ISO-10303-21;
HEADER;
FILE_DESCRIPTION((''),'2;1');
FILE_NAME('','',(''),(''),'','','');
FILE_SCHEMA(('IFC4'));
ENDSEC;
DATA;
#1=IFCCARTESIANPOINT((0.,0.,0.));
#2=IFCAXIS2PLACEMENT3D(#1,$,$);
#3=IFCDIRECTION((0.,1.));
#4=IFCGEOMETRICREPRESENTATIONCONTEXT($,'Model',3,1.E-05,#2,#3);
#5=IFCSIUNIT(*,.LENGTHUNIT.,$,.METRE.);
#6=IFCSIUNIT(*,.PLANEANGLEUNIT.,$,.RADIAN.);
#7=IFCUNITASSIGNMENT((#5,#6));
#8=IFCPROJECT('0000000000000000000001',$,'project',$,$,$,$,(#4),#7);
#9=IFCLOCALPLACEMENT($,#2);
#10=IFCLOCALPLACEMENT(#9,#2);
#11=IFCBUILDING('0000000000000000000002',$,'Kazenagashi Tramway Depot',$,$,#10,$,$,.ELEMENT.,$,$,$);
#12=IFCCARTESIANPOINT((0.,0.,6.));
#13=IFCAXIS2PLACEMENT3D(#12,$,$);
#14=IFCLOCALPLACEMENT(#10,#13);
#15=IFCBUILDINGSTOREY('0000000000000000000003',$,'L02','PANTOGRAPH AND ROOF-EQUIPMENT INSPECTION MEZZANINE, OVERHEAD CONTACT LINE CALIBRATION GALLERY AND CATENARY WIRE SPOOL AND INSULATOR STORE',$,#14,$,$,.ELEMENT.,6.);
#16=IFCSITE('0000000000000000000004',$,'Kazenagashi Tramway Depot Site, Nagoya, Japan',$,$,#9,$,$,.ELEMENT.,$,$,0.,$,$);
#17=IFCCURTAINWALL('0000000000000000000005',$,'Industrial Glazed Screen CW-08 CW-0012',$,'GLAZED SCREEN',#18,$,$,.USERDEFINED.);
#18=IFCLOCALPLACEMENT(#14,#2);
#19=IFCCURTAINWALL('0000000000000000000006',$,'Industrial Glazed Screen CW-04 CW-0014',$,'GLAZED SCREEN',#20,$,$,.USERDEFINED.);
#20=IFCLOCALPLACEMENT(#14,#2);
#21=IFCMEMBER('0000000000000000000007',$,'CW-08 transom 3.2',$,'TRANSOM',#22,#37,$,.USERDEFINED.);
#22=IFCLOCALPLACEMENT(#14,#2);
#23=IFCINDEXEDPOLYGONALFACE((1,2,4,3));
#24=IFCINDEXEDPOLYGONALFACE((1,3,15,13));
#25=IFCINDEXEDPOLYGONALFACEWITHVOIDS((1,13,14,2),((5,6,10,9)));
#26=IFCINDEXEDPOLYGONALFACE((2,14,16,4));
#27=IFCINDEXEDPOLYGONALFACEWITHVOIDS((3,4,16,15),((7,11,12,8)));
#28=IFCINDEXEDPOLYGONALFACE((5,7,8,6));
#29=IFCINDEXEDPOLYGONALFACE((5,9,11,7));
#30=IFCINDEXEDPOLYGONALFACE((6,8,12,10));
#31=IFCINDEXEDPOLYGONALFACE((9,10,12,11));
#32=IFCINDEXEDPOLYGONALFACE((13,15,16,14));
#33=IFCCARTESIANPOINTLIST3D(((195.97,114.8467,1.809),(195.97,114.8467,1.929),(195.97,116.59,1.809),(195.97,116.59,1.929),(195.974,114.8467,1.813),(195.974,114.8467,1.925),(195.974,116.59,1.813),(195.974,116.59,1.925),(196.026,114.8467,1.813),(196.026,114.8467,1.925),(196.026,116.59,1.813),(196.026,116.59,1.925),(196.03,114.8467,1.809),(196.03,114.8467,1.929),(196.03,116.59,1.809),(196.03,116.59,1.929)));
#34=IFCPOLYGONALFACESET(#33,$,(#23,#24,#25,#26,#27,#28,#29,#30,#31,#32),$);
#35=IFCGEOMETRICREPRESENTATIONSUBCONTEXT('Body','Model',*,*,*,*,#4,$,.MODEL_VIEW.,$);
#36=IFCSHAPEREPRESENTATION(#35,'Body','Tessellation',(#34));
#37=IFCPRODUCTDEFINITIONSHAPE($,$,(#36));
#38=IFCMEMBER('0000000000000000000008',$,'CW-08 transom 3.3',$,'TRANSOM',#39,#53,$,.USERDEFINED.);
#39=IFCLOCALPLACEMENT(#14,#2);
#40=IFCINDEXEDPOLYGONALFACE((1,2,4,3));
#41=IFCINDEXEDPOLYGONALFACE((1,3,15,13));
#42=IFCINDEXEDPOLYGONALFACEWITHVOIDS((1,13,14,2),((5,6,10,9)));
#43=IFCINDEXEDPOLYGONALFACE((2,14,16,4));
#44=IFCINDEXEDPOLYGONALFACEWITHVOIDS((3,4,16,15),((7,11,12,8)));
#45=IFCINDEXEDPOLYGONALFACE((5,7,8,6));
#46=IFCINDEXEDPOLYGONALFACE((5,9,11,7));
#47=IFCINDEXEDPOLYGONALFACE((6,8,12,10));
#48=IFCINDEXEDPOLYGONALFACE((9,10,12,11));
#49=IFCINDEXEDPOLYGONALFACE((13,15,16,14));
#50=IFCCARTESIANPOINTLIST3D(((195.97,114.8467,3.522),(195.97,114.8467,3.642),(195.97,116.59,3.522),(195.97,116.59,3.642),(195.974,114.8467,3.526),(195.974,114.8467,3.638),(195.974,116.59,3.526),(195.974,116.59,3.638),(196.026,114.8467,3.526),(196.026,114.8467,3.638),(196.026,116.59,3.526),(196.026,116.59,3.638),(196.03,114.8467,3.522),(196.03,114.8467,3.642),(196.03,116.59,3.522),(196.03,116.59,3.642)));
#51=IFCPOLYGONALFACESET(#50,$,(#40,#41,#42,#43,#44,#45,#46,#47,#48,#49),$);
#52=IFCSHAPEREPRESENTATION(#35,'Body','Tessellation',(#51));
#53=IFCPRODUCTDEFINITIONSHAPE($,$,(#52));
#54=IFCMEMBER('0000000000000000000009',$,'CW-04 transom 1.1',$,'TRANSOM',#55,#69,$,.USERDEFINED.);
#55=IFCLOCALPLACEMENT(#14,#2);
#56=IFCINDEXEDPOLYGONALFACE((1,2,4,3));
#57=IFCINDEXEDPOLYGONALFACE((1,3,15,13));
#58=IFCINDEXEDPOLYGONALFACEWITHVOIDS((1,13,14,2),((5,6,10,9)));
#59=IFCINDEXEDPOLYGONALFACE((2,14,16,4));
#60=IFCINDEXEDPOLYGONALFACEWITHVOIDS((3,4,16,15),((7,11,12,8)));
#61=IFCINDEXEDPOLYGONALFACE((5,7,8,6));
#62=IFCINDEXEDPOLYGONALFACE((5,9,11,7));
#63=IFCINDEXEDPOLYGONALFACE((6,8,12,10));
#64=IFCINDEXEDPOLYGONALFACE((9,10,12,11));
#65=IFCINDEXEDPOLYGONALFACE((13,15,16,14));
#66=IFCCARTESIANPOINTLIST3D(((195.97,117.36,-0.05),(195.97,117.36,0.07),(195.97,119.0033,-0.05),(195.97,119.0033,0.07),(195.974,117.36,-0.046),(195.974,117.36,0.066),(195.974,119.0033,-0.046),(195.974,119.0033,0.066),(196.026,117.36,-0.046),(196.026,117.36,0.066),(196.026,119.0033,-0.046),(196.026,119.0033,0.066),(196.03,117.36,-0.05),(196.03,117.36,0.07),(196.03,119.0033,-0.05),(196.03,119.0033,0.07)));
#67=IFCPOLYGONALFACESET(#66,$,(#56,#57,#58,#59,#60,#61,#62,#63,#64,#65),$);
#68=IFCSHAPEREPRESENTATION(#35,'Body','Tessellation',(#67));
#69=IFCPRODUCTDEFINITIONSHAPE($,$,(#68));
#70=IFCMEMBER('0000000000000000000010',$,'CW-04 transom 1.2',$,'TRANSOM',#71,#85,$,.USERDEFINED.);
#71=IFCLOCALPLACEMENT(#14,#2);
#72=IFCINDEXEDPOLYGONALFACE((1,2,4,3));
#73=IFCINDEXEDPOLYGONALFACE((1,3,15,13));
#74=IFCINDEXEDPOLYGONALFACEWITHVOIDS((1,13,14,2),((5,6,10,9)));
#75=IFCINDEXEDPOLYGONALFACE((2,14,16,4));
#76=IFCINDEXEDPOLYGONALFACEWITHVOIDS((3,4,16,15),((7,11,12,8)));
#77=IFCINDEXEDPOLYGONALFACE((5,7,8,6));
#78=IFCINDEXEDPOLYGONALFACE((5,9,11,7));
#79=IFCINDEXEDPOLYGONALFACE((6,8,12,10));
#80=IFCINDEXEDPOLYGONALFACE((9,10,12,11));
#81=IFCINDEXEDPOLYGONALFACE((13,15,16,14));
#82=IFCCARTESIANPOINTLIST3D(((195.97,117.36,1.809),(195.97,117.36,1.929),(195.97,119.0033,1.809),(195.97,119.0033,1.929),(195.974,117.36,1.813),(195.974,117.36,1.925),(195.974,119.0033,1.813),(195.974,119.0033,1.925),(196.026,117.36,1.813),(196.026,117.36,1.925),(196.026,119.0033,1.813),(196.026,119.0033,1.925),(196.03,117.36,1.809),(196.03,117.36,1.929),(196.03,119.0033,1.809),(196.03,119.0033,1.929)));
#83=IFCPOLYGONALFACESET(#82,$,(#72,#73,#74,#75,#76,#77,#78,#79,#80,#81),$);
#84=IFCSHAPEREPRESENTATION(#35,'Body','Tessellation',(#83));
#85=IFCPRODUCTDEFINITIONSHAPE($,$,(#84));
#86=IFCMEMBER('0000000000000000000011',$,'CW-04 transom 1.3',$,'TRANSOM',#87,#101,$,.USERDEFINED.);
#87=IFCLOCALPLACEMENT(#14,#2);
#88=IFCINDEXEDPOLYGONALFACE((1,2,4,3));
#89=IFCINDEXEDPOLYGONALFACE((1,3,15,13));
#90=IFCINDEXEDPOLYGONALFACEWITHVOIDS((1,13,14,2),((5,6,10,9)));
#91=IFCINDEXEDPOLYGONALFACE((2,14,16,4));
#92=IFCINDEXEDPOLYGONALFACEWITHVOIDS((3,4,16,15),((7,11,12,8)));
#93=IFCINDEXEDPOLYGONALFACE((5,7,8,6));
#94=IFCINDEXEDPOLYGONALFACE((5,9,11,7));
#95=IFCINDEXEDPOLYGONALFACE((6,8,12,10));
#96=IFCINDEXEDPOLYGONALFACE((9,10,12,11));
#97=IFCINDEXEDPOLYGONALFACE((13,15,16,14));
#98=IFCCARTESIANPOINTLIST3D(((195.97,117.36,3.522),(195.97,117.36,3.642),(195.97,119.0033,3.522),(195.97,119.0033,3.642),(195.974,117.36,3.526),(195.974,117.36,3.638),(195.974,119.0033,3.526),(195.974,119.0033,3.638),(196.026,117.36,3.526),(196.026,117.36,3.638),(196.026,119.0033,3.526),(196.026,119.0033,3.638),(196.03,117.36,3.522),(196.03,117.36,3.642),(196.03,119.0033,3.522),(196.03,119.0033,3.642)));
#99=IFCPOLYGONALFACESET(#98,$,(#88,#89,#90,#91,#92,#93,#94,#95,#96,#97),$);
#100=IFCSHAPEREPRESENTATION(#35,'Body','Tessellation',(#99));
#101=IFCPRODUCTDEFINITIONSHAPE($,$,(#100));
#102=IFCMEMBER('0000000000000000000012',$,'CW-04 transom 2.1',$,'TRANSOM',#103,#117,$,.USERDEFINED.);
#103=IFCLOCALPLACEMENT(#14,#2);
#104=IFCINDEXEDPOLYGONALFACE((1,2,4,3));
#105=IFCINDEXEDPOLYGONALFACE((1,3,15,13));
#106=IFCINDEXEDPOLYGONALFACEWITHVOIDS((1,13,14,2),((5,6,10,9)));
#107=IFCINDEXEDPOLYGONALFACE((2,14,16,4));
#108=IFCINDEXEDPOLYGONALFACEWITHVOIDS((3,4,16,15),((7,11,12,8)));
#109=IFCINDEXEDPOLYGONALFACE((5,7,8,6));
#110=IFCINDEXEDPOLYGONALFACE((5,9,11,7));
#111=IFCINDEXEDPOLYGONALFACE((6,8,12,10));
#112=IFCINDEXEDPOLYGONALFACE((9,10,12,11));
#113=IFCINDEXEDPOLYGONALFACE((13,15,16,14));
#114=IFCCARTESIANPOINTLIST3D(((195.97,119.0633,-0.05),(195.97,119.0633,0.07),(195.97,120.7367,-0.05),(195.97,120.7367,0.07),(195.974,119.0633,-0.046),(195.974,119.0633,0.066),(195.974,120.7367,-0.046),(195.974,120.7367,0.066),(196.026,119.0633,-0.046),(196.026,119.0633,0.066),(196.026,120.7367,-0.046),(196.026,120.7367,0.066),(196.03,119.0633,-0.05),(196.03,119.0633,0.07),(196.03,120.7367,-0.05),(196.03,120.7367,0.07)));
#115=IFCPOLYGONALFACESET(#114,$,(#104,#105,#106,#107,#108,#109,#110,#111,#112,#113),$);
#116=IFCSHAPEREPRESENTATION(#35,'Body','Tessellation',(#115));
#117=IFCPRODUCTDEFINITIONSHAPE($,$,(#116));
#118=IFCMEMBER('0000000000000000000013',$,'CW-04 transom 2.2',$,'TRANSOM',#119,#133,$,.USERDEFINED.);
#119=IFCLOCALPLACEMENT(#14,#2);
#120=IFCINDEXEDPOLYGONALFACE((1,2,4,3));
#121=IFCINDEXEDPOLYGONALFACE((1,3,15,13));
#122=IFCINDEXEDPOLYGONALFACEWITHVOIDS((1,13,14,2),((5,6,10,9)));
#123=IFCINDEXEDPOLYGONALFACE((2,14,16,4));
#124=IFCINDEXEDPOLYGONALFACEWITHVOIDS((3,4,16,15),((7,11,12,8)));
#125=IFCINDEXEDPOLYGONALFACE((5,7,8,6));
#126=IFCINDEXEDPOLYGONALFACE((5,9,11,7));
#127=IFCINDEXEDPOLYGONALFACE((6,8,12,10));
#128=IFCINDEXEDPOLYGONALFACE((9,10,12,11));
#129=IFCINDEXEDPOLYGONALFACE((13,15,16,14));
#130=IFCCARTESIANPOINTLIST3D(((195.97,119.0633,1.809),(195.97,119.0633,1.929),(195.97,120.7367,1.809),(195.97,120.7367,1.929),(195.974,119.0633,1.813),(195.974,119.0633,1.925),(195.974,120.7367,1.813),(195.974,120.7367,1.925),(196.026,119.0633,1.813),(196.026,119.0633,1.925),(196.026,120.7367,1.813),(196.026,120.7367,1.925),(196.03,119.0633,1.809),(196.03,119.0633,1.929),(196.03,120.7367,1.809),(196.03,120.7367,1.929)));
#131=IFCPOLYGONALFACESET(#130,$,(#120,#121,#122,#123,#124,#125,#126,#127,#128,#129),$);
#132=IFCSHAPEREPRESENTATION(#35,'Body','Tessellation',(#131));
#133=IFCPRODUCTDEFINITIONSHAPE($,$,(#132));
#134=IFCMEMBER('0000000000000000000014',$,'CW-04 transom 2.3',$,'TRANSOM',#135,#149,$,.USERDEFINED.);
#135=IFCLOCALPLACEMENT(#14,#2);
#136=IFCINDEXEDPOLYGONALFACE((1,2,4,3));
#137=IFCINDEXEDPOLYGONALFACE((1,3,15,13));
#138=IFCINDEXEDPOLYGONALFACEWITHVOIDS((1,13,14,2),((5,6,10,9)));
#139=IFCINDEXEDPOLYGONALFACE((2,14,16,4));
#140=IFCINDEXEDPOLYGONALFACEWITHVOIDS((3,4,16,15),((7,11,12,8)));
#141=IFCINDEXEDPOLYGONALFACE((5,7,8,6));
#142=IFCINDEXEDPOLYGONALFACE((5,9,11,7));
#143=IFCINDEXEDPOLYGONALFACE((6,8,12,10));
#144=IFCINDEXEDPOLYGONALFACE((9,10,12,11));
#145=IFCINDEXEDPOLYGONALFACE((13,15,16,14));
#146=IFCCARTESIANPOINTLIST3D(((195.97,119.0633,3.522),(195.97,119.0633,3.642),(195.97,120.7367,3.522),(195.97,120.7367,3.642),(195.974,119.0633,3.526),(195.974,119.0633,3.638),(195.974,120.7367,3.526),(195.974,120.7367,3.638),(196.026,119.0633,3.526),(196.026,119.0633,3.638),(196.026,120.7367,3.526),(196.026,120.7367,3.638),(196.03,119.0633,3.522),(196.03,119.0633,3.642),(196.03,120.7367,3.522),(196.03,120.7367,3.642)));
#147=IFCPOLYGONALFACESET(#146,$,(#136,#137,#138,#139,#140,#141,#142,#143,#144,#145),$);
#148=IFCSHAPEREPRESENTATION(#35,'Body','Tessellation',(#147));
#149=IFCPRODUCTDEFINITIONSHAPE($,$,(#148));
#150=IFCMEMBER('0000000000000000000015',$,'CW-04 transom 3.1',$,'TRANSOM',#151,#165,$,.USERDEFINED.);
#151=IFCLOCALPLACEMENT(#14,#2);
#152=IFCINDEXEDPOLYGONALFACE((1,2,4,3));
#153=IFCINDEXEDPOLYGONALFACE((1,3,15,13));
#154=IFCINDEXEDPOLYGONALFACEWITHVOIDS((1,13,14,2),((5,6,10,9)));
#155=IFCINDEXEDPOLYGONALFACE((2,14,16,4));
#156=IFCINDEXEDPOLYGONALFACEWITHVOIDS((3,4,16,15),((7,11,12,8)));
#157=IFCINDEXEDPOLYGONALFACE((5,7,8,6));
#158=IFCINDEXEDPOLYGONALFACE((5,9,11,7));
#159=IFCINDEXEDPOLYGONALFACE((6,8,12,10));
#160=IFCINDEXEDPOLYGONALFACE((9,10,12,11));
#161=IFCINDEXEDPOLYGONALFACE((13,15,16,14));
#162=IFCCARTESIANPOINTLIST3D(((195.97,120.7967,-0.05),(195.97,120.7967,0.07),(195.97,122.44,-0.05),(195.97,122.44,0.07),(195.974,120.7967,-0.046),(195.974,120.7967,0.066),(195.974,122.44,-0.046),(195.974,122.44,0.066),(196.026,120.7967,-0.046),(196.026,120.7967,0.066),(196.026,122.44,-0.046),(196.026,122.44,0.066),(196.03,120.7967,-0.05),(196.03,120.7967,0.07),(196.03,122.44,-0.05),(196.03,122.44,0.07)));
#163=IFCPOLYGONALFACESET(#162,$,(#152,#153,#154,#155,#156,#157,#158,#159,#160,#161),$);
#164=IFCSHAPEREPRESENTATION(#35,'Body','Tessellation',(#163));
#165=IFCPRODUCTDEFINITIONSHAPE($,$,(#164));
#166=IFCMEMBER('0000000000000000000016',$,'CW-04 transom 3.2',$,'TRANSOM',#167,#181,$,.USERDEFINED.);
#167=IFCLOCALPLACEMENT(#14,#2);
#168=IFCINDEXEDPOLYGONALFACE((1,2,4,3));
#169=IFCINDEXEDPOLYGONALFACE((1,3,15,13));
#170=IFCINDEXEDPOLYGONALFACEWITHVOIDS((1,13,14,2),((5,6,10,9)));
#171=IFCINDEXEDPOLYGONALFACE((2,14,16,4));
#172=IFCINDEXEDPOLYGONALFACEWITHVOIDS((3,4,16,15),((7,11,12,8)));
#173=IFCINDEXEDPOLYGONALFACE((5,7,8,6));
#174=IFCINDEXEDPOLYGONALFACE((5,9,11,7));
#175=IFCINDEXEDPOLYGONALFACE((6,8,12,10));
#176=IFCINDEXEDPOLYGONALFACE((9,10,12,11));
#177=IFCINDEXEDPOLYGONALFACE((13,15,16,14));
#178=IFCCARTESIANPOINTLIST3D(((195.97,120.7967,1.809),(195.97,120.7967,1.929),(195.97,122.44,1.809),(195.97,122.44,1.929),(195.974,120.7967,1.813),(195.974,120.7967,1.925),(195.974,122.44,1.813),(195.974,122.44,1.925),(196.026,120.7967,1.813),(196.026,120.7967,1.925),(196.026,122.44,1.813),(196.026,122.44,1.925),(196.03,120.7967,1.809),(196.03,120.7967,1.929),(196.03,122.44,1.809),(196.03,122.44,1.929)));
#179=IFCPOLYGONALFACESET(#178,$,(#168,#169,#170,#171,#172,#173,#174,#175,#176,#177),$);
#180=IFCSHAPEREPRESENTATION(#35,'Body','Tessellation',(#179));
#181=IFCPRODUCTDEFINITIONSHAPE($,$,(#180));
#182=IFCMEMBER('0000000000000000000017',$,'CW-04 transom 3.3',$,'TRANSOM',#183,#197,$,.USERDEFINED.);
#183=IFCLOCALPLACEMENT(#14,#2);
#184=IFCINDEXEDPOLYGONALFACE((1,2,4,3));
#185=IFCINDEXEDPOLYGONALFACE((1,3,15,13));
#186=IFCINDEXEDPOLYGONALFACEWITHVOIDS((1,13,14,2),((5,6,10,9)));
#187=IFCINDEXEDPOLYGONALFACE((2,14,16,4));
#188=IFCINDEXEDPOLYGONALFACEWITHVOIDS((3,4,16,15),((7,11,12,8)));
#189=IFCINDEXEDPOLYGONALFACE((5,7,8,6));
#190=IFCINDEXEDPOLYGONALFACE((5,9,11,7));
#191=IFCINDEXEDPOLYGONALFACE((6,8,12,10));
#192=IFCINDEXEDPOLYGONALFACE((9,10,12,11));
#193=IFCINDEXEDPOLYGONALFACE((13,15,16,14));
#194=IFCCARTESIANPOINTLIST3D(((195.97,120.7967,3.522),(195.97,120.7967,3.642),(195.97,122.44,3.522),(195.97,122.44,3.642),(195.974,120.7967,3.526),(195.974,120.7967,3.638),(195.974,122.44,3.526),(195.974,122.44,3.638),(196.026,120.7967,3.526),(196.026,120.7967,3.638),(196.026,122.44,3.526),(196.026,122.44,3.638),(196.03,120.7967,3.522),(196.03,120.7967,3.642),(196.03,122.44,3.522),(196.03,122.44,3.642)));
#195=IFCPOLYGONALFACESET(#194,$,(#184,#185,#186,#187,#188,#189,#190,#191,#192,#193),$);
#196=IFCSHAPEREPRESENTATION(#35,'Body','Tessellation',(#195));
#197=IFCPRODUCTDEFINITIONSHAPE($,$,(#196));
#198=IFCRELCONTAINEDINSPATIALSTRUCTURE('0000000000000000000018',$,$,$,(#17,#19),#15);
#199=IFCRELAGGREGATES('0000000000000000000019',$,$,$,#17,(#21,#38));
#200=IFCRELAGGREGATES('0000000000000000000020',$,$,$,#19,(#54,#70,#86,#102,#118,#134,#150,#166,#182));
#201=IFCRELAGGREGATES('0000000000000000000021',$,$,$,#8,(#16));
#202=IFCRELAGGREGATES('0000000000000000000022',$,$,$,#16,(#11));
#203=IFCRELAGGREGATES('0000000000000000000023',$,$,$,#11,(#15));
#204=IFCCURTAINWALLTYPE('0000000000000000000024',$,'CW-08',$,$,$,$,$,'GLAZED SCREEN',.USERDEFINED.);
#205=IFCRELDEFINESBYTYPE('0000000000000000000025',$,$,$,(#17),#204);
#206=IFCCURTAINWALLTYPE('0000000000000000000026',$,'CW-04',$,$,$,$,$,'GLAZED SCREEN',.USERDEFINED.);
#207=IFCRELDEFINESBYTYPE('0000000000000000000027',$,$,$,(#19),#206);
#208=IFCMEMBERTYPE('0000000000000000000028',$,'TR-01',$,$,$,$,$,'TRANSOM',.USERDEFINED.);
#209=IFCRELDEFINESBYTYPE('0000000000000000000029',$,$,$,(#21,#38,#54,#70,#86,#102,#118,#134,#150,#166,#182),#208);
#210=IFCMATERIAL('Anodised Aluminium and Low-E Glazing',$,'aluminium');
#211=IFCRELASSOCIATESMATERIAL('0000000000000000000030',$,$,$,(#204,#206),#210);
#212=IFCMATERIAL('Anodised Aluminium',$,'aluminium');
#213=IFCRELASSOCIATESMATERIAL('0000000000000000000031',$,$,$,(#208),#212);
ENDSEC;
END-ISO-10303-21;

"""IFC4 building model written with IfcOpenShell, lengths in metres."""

from ifc_helpers import new_model, si_unit, direction, frame, origin, origin_2d, place, context, subcontext, project, spatial, hollow_rectangle, extrude, material, material_profile, profile_set, type_object, element, aggregate, save


model = new_model("IFC4")

# Units and contexts
model_context = context("Model", 3, precision=1e-05, world=origin(), true_north=direction((0.0, 1.0)))
body_context = subcontext(model_context, "Body", "Model", "MODEL_VIEW")
ifc_project = project(units=[si_unit("LENGTHUNIT", "METRE"), si_unit("PLANEANGLEUNIT", "RADIAN")], contexts=[model_context])

# Site, building, storey
site_placement = place(None, origin())
site = spatial("IfcSite", under=ifc_project, at=site_placement, Name="Kazenagashi Tramway Depot Site, Nagoya, Japan", CompositionType="ELEMENT", RefElevation=0.0)
building_placement = place(site_placement, origin())
building = spatial("IfcBuilding", under=site, at=building_placement, Name="Kazenagashi Tramway Depot", CompositionType="ELEMENT")
storey_placement = place(building_placement, frame((0.0, 0.0, 6.0)))
storey = spatial("IfcBuildingStorey", under=building, at=storey_placement, Name="L02", Description="PANTOGRAPH AND ROOF-EQUIPMENT INSPECTION MEZZANINE, OVERHEAD CONTACT LINE CALIBRATION GALLERY AND CATENARY WIRE SPOOL AND INSULATOR STORE", CompositionType="ELEMENT", Elevation=6.0)

# Curtain walls
ifc_material_1 = material(Name="Anodised Aluminium and Low-E Glazing", Category="aluminium")
curtain_wall_type_1 = type_object("IfcCurtainWallType", Name="CW-08", ElementType="GLAZED SCREEN", PredefinedType="USERDEFINED", material=ifc_material_1)
curtain_wall_1_placement = place(storey_placement, origin())
curtain_wall_1 = element("IfcCurtainWall", 1, at=curtain_wall_1_placement, inside=storey, type_object=curtain_wall_type_1, Name="Industrial Glazed Screen CW-08 CW-0012", ObjectType="GLAZED SCREEN", PredefinedType="USERDEFINED")
ifc_material_2 = material(Name="Anodised Aluminium", Category="aluminium")
curtain_wall_type_2 = type_object("IfcCurtainWallType", Name="CW-04", ElementType="GLAZED SCREEN", PredefinedType="USERDEFINED", material=ifc_material_1)
curtain_wall_2_placement = place(storey_placement, origin())
curtain_wall_2 = element("IfcCurtainWall", 2, at=curtain_wall_2_placement, inside=storey, type_object=curtain_wall_type_2, Name="Industrial Glazed Screen CW-04 CW-0014", ObjectType="GLAZED SCREEN", PredefinedType="USERDEFINED")

# Members
ifc_material_profile_1 = material_profile(ifc_material_2, hollow_rectangle(XDim=0.06, YDim=0.12, WallThickness=0.004, at=origin_2d()), Name="RHS-120x60x4")
ifc_profile_set_1 = profile_set([ifc_material_profile_1], Name="Anodised Aluminium")
member_type_1 = type_object("IfcMemberType", Name="TR-01", ElementType="TRANSOM", PredefinedType="USERDEFINED", material=ifc_profile_set_1)
member_1_placement = place(storey_placement, frame((196.0, 114.8467, 1.869), z_axis=(0.0, 1.0, 0.0), x_axis=(-1.0, 0.0, 0.0)))
member_1 = element("IfcMember", 3, at=member_1_placement, type_object=member_type_1, Name="CW-08 transom 3.2", ObjectType="TRANSOM", PredefinedType="USERDEFINED", context=body_context, shape_type="SweptSolid", body=[
    extrude(hollow_rectangle(XDim=0.06, YDim=0.12, WallThickness=0.004, at=origin_2d()), origin(), (0.0, 0.0, 1.0), 1.7433),
])
member_2_placement = place(storey_placement, frame((196.0, 114.8467, 3.582), z_axis=(0.0, 1.0, 0.0), x_axis=(-1.0, 0.0, 0.0)))
member_2 = element("IfcMember", 4, at=member_2_placement, type_object=member_type_1, Name="CW-08 transom 3.3", ObjectType="TRANSOM", PredefinedType="USERDEFINED", context=body_context, shape_type="SweptSolid", body=[
    extrude(hollow_rectangle(XDim=0.06, YDim=0.12, WallThickness=0.004, at=origin_2d()), origin(), (0.0, 0.0, 1.0), 1.7433),
])
member_3_placement = place(storey_placement, frame((196.0, 117.36, 0.01), z_axis=(0.0, 1.0, 0.0), x_axis=(-1.0, 0.0, 0.0)))
member_3 = element("IfcMember", 5, at=member_3_placement, type_object=member_type_1, Name="CW-04 transom 1.1", ObjectType="TRANSOM", PredefinedType="USERDEFINED", context=body_context, shape_type="SweptSolid", body=[
    extrude(hollow_rectangle(XDim=0.06, YDim=0.12, WallThickness=0.004, at=origin_2d()), origin(), (0.0, 0.0, 1.0), 1.6433),
])
member_4_placement = place(storey_placement, frame((196.0, 117.36, 1.869), z_axis=(0.0, 1.0, 0.0), x_axis=(-1.0, 0.0, 0.0)))
member_4 = element("IfcMember", 6, at=member_4_placement, type_object=member_type_1, Name="CW-04 transom 1.2", ObjectType="TRANSOM", PredefinedType="USERDEFINED", context=body_context, shape_type="SweptSolid", body=[
    extrude(hollow_rectangle(XDim=0.06, YDim=0.12, WallThickness=0.004, at=origin_2d()), origin(), (0.0, 0.0, 1.0), 1.6433),
])
member_5_placement = place(storey_placement, frame((196.0, 117.36, 3.582), z_axis=(0.0, 1.0, 0.0), x_axis=(-1.0, 0.0, 0.0)))
member_5 = element("IfcMember", 7, at=member_5_placement, type_object=member_type_1, Name="CW-04 transom 1.3", ObjectType="TRANSOM", PredefinedType="USERDEFINED", context=body_context, shape_type="SweptSolid", body=[
    extrude(hollow_rectangle(XDim=0.06, YDim=0.12, WallThickness=0.004, at=origin_2d()), origin(), (0.0, 0.0, 1.0), 1.6433),
])
member_6_placement = place(storey_placement, frame((196.0, 119.0633, 0.01), z_axis=(0.0, 1.0, 0.0), x_axis=(-1.0, 0.0, 0.0)))
member_6 = element("IfcMember", 8, at=member_6_placement, type_object=member_type_1, Name="CW-04 transom 2.1", ObjectType="TRANSOM", PredefinedType="USERDEFINED", context=body_context, shape_type="SweptSolid", body=[
    extrude(hollow_rectangle(XDim=0.06, YDim=0.12, WallThickness=0.004, at=origin_2d()), origin(), (0.0, 0.0, 1.0), 1.6733),
])
member_7_placement = place(storey_placement, frame((196.0, 119.0633, 1.869), z_axis=(0.0, 1.0, 0.0), x_axis=(-1.0, 0.0, 0.0)))
member_7 = element("IfcMember", 9, at=member_7_placement, type_object=member_type_1, Name="CW-04 transom 2.2", ObjectType="TRANSOM", PredefinedType="USERDEFINED", context=body_context, shape_type="SweptSolid", body=[
    extrude(hollow_rectangle(XDim=0.06, YDim=0.12, WallThickness=0.004, at=origin_2d()), origin(), (0.0, 0.0, 1.0), 1.6733),
])
member_8_placement = place(storey_placement, frame((196.0, 119.0633, 3.582), z_axis=(0.0, 1.0, 0.0), x_axis=(-1.0, 0.0, 0.0)))
member_8 = element("IfcMember", 10, at=member_8_placement, type_object=member_type_1, Name="CW-04 transom 2.3", ObjectType="TRANSOM", PredefinedType="USERDEFINED", context=body_context, shape_type="SweptSolid", body=[
    extrude(hollow_rectangle(XDim=0.06, YDim=0.12, WallThickness=0.004, at=origin_2d()), origin(), (0.0, 0.0, 1.0), 1.6733),
])
member_9_placement = place(storey_placement, frame((196.0, 120.7967, 0.01), z_axis=(0.0, 1.0, 0.0), x_axis=(-1.0, 0.0, 0.0)))
member_9 = element("IfcMember", 11, at=member_9_placement, type_object=member_type_1, Name="CW-04 transom 3.1", ObjectType="TRANSOM", PredefinedType="USERDEFINED", context=body_context, shape_type="SweptSolid", body=[
    extrude(hollow_rectangle(XDim=0.06, YDim=0.12, WallThickness=0.004, at=origin_2d()), origin(), (0.0, 0.0, 1.0), 1.6433),
])
member_10_placement = place(storey_placement, frame((196.0, 120.7967, 1.869), z_axis=(0.0, 1.0, 0.0), x_axis=(-1.0, 0.0, 0.0)))
member_10 = element("IfcMember", 12, at=member_10_placement, type_object=member_type_1, Name="CW-04 transom 3.2", ObjectType="TRANSOM", PredefinedType="USERDEFINED", context=body_context, shape_type="SweptSolid", body=[
    extrude(hollow_rectangle(XDim=0.06, YDim=0.12, WallThickness=0.004, at=origin_2d()), origin(), (0.0, 0.0, 1.0), 1.6433),
])
member_11_placement = place(storey_placement, frame((196.0, 120.7967, 3.582), z_axis=(0.0, 1.0, 0.0), x_axis=(-1.0, 0.0, 0.0)))
member_11 = element("IfcMember", 13, at=member_11_placement, type_object=member_type_1, Name="CW-04 transom 3.3", ObjectType="TRANSOM", PredefinedType="USERDEFINED", context=body_context, shape_type="SweptSolid", body=[
    extrude(hollow_rectangle(XDim=0.06, YDim=0.12, WallThickness=0.004, at=origin_2d()), origin(), (0.0, 0.0, 1.0), 1.6433),
])

aggregate(curtain_wall_1, [member_1, member_2])
aggregate(curtain_wall_2, [member_3, member_4, member_5, member_6, member_7, member_8, member_9, member_10, member_11])

save(model, "model.ifc")
